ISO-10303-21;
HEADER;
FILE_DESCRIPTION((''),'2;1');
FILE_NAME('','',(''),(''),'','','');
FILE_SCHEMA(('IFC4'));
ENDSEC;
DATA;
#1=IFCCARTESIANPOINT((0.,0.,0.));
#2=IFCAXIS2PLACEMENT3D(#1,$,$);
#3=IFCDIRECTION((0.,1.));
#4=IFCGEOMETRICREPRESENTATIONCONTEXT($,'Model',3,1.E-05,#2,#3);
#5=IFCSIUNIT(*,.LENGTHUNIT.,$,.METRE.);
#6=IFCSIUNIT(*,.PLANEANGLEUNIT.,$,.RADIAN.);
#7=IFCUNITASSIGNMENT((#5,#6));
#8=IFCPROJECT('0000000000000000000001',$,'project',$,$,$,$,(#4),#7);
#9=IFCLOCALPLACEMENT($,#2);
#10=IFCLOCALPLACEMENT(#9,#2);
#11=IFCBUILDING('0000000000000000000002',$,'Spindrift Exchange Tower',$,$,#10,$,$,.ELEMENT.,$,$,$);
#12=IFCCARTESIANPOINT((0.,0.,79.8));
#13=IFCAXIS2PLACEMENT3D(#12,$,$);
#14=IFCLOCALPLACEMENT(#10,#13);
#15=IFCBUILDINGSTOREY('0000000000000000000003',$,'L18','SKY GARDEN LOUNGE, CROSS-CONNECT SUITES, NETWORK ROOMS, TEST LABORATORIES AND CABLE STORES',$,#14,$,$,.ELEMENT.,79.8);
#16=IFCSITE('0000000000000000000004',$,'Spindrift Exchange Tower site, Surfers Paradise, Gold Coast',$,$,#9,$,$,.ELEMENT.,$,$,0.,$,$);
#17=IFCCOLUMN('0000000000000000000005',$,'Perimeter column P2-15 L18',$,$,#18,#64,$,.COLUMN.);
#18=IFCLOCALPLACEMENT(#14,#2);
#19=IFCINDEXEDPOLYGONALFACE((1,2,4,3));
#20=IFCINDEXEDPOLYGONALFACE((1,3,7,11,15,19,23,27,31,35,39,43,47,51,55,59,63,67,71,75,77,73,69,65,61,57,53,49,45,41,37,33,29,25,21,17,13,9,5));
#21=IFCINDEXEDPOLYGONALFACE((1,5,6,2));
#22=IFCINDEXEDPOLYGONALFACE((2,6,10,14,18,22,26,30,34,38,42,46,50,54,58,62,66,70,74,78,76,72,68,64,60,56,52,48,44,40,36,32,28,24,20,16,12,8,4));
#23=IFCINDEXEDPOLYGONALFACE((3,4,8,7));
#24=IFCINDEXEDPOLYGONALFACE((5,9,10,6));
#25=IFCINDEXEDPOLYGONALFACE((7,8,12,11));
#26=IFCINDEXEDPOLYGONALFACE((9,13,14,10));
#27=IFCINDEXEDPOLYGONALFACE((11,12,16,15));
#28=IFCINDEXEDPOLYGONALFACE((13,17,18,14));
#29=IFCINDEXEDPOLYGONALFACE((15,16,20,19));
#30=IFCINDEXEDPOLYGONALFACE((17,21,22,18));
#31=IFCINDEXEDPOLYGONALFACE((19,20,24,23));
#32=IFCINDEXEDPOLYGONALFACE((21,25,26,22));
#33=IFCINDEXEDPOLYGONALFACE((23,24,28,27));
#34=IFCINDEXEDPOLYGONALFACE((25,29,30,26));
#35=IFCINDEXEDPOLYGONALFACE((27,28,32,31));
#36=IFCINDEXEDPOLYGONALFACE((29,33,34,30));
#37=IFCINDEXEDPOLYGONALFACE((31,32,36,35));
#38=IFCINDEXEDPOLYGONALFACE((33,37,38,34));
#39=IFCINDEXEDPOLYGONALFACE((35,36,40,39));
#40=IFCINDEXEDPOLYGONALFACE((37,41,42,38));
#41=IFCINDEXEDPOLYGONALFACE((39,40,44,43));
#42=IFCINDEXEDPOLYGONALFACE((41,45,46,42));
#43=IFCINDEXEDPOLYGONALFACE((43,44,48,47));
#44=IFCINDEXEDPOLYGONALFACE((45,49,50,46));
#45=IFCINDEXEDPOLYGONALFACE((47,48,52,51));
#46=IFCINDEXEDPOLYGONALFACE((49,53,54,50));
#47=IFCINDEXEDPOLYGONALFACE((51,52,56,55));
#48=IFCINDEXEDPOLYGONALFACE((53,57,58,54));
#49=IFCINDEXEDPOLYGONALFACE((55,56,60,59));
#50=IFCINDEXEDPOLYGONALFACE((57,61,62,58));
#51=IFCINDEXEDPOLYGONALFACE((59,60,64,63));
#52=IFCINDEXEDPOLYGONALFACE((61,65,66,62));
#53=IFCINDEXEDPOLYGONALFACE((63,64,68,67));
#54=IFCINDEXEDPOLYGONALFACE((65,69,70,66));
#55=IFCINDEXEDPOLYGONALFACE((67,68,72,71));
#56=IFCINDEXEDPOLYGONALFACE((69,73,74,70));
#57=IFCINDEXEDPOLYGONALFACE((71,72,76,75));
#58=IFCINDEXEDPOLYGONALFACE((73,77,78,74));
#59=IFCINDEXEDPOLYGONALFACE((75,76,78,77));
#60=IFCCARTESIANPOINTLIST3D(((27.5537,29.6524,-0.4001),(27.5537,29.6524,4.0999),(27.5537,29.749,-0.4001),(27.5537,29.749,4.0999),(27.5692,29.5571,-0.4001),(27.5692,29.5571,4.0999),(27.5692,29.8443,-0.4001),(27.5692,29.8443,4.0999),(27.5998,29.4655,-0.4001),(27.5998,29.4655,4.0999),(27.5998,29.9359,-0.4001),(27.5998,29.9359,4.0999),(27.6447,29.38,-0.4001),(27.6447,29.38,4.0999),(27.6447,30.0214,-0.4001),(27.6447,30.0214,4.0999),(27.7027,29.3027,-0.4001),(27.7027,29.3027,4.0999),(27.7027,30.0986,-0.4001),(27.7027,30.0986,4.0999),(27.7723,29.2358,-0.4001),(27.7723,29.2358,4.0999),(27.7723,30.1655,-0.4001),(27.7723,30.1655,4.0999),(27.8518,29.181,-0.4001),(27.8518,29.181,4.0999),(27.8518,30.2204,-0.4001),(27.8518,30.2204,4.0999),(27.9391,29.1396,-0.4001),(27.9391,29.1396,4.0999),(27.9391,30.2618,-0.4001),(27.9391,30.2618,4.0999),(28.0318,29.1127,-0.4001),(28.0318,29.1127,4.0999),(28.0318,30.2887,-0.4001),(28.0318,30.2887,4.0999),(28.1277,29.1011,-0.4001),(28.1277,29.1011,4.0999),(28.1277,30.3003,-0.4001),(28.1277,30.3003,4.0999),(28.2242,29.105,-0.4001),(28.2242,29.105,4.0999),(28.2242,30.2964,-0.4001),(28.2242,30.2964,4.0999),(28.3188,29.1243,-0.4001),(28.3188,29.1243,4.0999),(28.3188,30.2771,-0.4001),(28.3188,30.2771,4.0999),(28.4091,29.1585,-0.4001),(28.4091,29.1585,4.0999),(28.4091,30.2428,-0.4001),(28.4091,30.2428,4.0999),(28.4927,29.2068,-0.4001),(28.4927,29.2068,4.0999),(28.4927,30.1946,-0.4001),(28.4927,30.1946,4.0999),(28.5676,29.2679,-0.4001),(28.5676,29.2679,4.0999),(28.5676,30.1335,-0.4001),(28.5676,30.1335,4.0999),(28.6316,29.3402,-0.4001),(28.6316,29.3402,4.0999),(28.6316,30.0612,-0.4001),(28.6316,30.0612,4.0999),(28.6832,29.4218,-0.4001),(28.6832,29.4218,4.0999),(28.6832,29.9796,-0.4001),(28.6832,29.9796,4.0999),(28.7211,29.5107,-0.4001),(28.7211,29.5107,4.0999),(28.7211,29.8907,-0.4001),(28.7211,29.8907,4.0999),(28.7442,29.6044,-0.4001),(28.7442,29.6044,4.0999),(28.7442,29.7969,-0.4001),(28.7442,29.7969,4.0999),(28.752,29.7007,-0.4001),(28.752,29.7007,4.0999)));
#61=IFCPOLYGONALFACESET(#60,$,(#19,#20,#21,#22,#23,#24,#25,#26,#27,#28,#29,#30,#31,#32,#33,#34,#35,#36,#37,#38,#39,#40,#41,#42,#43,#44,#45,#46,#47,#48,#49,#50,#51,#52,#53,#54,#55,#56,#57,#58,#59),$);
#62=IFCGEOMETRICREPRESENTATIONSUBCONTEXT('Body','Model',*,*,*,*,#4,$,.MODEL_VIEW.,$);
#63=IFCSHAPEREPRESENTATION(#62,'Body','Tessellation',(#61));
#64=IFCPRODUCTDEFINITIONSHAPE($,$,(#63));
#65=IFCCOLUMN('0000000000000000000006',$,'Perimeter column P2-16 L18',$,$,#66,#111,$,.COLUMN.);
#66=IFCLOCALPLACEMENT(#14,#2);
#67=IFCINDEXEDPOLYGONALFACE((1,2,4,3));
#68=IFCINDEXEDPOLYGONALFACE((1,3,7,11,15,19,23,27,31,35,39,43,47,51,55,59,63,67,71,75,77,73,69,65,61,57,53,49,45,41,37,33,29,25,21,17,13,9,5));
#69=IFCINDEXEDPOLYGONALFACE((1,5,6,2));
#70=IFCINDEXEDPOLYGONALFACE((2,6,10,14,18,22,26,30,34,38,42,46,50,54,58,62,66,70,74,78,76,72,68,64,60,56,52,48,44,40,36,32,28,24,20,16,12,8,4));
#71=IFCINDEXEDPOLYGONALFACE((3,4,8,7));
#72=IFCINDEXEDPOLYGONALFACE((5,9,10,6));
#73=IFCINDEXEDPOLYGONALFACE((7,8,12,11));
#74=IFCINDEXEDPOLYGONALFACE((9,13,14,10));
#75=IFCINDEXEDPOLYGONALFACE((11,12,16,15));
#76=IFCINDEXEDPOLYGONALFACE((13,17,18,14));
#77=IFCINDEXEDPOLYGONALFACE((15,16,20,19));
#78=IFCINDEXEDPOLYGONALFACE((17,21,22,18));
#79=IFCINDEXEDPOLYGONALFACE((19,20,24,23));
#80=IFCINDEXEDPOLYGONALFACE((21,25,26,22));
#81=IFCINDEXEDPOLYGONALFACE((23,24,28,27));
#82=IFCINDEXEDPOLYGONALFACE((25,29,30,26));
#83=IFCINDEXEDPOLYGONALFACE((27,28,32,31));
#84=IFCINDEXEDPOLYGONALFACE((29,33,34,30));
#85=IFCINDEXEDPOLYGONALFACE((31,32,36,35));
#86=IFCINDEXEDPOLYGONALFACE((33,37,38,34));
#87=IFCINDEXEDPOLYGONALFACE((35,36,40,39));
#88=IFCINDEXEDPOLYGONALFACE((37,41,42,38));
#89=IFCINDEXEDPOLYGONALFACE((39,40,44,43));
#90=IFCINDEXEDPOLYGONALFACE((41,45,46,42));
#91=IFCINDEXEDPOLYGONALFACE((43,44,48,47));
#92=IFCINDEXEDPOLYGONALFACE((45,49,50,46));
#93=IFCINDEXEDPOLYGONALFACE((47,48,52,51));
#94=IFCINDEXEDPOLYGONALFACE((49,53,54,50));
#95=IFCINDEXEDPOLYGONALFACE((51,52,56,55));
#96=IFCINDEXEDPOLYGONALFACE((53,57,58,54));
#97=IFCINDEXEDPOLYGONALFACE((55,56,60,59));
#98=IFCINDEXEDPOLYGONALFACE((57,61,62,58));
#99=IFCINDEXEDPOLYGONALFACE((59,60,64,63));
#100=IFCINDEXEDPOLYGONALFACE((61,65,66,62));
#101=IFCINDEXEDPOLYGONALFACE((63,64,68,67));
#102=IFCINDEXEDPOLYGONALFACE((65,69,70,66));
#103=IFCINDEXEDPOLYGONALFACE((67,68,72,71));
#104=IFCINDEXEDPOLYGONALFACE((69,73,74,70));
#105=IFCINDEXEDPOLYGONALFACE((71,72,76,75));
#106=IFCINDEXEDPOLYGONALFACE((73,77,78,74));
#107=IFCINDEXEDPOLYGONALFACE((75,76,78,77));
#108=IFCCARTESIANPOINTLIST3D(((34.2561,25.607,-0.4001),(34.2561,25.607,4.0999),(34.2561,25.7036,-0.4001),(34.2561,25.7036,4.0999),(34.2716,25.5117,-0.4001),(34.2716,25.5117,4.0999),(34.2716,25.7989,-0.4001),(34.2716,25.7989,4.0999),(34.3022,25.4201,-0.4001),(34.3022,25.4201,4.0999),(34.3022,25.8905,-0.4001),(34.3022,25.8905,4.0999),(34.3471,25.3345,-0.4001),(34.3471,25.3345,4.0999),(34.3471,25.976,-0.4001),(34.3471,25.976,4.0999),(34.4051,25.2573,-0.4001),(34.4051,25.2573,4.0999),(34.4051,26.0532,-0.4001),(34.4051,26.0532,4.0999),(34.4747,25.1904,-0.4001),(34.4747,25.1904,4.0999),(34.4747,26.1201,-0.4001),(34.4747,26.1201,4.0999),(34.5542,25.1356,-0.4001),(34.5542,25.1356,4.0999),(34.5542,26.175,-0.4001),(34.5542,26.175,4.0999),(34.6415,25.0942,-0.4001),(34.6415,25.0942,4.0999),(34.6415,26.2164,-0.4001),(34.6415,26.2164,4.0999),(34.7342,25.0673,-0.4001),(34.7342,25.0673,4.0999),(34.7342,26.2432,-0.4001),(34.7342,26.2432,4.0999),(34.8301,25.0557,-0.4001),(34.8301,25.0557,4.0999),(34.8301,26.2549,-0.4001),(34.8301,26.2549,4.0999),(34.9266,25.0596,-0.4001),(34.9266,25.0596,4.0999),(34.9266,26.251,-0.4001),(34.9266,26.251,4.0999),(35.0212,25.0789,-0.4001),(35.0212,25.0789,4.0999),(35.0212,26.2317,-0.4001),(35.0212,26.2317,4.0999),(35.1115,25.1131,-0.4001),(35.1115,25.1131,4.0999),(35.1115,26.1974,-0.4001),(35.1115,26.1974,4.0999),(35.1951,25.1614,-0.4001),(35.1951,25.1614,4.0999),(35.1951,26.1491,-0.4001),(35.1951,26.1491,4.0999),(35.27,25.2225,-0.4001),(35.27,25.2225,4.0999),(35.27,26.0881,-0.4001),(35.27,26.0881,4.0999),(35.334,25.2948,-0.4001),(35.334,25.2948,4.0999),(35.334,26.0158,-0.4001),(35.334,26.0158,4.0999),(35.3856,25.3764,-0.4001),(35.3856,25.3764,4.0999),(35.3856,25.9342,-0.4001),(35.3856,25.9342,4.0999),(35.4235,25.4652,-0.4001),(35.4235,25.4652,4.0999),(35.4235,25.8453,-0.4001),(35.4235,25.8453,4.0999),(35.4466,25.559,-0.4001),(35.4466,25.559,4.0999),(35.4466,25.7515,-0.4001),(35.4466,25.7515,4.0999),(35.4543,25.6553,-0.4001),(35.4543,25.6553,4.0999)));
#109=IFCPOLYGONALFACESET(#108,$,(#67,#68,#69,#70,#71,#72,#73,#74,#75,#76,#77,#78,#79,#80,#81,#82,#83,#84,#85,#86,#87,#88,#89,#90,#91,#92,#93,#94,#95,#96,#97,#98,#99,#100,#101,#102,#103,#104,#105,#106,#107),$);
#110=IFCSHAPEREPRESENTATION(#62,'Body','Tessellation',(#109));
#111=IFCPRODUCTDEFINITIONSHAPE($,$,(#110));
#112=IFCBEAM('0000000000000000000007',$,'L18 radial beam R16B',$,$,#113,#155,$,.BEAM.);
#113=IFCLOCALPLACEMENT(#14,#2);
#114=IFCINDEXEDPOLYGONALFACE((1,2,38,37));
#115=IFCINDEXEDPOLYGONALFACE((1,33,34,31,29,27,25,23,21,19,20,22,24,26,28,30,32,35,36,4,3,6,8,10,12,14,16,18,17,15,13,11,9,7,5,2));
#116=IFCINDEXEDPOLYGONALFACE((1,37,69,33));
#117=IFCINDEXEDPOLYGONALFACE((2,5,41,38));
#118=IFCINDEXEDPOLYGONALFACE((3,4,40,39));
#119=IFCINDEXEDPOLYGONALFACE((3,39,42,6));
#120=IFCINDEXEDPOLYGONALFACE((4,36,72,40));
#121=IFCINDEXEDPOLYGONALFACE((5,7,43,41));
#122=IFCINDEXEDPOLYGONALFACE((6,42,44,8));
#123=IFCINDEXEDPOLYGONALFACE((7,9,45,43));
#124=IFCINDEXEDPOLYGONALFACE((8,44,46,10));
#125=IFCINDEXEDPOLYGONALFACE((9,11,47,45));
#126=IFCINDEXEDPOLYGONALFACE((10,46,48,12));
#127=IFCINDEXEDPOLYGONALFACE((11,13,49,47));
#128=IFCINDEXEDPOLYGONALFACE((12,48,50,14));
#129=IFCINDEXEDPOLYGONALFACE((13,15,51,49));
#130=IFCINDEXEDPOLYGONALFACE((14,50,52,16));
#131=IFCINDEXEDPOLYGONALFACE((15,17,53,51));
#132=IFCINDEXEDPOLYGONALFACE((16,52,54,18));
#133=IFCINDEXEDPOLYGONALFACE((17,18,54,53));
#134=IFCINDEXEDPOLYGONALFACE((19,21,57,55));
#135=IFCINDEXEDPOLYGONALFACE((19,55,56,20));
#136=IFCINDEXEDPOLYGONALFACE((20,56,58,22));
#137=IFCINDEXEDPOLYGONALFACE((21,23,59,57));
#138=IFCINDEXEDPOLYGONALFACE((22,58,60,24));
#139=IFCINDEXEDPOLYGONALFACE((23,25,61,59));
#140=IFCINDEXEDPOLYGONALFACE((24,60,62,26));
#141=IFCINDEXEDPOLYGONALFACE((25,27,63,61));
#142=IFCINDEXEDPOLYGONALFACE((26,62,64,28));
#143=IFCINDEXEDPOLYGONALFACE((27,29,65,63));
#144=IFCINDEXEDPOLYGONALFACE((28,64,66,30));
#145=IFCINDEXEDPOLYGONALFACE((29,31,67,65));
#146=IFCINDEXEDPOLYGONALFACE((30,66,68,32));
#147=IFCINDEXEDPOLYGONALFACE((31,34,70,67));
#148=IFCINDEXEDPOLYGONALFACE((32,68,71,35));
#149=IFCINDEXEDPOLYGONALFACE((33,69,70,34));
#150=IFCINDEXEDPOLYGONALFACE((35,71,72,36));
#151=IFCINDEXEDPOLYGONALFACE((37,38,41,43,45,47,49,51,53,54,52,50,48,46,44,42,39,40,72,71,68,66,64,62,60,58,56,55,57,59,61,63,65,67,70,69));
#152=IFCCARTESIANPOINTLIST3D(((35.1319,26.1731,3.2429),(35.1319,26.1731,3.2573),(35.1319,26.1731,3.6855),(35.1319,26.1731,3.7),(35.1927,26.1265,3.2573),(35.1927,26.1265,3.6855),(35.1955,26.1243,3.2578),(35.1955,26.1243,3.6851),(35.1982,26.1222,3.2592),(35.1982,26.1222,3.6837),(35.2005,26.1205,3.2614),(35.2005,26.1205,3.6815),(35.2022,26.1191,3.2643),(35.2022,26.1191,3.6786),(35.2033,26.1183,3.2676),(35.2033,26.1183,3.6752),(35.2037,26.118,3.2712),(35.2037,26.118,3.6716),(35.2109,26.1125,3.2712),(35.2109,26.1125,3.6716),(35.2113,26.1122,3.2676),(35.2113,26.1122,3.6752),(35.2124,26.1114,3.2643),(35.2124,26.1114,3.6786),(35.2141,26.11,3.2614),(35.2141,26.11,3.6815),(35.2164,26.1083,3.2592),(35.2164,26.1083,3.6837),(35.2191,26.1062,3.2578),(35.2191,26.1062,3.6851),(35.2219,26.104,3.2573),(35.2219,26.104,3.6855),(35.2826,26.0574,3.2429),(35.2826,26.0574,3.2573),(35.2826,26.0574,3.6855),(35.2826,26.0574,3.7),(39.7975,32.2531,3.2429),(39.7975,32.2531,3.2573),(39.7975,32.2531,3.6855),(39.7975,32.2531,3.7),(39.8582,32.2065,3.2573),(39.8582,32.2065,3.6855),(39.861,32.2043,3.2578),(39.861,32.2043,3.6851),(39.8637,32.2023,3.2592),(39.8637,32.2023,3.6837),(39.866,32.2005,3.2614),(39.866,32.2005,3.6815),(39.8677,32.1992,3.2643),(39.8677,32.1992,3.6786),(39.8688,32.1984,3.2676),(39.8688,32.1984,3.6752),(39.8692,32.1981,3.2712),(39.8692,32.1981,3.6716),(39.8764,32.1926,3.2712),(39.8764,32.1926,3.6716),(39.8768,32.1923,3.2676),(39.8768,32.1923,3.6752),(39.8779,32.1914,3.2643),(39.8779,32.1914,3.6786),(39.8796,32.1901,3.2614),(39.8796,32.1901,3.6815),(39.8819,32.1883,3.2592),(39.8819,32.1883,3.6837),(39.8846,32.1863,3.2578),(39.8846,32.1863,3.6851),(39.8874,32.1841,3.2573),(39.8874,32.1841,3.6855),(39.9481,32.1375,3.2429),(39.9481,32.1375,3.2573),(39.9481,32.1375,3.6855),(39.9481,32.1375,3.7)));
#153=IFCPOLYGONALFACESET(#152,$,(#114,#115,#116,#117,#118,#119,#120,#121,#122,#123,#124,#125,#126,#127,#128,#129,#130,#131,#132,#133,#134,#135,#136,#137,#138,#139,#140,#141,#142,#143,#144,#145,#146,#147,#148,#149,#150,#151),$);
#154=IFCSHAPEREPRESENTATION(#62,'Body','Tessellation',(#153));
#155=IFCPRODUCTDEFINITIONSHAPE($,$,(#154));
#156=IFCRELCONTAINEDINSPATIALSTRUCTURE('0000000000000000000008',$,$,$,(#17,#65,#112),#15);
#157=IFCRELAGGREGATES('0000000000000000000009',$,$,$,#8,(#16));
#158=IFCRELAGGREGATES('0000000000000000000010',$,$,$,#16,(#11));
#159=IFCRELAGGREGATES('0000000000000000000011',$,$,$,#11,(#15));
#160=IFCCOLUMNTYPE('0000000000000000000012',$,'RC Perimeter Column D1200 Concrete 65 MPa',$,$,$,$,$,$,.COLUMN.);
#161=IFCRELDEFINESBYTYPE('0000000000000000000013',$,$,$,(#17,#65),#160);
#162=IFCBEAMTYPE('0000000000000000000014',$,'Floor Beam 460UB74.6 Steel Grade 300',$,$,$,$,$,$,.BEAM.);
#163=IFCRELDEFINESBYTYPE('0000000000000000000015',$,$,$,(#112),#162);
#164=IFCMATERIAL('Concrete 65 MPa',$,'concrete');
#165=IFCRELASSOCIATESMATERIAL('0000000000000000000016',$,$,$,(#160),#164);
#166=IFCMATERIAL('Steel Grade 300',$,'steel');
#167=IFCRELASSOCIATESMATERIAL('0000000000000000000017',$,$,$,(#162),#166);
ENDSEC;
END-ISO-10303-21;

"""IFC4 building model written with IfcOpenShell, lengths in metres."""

from ifc_helpers import new_model, si_unit, direction, frame, origin, origin_2d, place, context, subcontext, project, spatial, circle, i_section, extrude, source, transform, mapped, material, material_profile, profile_set, type_object, element, save


model = new_model("IFC4")

# Units and contexts
model_context = context("Model", 3, precision=1e-05, world=origin(), true_north=direction((0.0, 1.0)))
body_context = subcontext(model_context, "Body", "Model", "MODEL_VIEW")
ifc_project = project(units=[si_unit("LENGTHUNIT", "METRE"), si_unit("PLANEANGLEUNIT", "RADIAN")], contexts=[model_context])

# Site, building, storey
site_placement = place(None, origin())
site = spatial("IfcSite", under=ifc_project, at=site_placement, Name="Spindrift Exchange Tower site, Surfers Paradise, Gold Coast", CompositionType="ELEMENT", RefElevation=0.0)
building_placement = place(site_placement, origin())
building = spatial("IfcBuilding", under=site, at=building_placement, Name="Spindrift Exchange Tower", CompositionType="ELEMENT")
storey_placement = place(building_placement, frame((0.0, 0.0, 79.8)))
storey = spatial("IfcBuildingStorey", under=building, at=storey_placement, Name="L18", Description="SKY GARDEN LOUNGE, CROSS-CONNECT SUITES, NETWORK ROOMS, TEST LABORATORIES AND CABLE STORES", CompositionType="ELEMENT", Elevation=79.8)

# Columns
ifc_material_1 = material(Name="Concrete 65 MPa", Category="concrete")
ifc_material_profile_1 = material_profile(ifc_material_1, circle(Radius=0.6001, at=origin_2d()), Name="RC D1200")
ifc_profile_set_1 = profile_set([ifc_material_profile_1], Name="Concrete 65 MPa")
column_type = type_object("IfcColumnType", Name="RC Perimeter Column D1200 Concrete 65 MPa", PredefinedType="COLUMN", material=ifc_profile_set_1)
shared_shape_1 = source(origin(), body_context, "Body", "SweptSolid", [
    extrude(circle(Radius=0.6001, at=origin_2d()), origin(), (0.0, 0.0, 1.0), 4.5),
])
for number, where, z_axis, x_axis, name in (
    (1, (28.1519, 29.7007, -0.4001), (0.0, 0.0, 1.0), (1.0, 0.0, 0.0), "Perimeter column P2-15 L18"),
    (2, (34.8542, 25.6553, -0.4001), (0.0, 0.0, 1.0), (1.0, 0.0, 0.0), "Perimeter column P2-16 L18"),
):
    element("IfcColumn", number, at=place(storey_placement, frame(where, z_axis=z_axis, x_axis=x_axis)), inside=storey, type_object=column_type, Name=name, PredefinedType="COLUMN", context=body_context, shape_type="MappedRepresentation", body=[
        mapped(shared_shape_1, transform((0.0, 0.0, 0.0), scale=1.0)),
    ])

# Beam
ifc_material_2 = material(Name="Steel Grade 300", Category="steel")
ifc_material_profile_2 = material_profile(ifc_material_2, i_section(OverallWidth=0.1899, OverallDepth=0.457, WebThickness=0.009, FlangeThickness=0.0144, FilletRadius=0.0139, at=origin_2d()), Name="460UB74.6")
ifc_profile_set_2 = profile_set([ifc_material_profile_2], Name="Steel Grade 300")
beam_type_1 = type_object("IfcBeamType", Name="Floor Beam 460UB74.6 Steel Grade 300", PredefinedType="BEAM", material=ifc_profile_set_2)
shared_shape_2 = source(origin(), body_context, "Body", "SweptSolid", [
    extrude(i_section(OverallWidth=0.1899, OverallDepth=0.457, WebThickness=0.009, FlangeThickness=0.0144, FilletRadius=0.0139, at=origin_2d()), origin(), (0.0, 0.0, 1.0), 7.6638),
])
beam_1_placement = place(storey_placement, frame((39.8728, 32.1953, 3.4714), z_axis=(-0.608771, -0.793346, 0.0), x_axis=(0.793346, -0.608771, 0.0)))
element("IfcBeam", 3, at=beam_1_placement, inside=storey, type_object=beam_type_1, Name="L18 radial beam R16B", PredefinedType="BEAM", context=body_context, shape_type="MappedRepresentation", body=[
    mapped(shared_shape_2, transform((0.0, 0.0, 0.0), scale=1.0)),
])

save(model, "model.ifc")
